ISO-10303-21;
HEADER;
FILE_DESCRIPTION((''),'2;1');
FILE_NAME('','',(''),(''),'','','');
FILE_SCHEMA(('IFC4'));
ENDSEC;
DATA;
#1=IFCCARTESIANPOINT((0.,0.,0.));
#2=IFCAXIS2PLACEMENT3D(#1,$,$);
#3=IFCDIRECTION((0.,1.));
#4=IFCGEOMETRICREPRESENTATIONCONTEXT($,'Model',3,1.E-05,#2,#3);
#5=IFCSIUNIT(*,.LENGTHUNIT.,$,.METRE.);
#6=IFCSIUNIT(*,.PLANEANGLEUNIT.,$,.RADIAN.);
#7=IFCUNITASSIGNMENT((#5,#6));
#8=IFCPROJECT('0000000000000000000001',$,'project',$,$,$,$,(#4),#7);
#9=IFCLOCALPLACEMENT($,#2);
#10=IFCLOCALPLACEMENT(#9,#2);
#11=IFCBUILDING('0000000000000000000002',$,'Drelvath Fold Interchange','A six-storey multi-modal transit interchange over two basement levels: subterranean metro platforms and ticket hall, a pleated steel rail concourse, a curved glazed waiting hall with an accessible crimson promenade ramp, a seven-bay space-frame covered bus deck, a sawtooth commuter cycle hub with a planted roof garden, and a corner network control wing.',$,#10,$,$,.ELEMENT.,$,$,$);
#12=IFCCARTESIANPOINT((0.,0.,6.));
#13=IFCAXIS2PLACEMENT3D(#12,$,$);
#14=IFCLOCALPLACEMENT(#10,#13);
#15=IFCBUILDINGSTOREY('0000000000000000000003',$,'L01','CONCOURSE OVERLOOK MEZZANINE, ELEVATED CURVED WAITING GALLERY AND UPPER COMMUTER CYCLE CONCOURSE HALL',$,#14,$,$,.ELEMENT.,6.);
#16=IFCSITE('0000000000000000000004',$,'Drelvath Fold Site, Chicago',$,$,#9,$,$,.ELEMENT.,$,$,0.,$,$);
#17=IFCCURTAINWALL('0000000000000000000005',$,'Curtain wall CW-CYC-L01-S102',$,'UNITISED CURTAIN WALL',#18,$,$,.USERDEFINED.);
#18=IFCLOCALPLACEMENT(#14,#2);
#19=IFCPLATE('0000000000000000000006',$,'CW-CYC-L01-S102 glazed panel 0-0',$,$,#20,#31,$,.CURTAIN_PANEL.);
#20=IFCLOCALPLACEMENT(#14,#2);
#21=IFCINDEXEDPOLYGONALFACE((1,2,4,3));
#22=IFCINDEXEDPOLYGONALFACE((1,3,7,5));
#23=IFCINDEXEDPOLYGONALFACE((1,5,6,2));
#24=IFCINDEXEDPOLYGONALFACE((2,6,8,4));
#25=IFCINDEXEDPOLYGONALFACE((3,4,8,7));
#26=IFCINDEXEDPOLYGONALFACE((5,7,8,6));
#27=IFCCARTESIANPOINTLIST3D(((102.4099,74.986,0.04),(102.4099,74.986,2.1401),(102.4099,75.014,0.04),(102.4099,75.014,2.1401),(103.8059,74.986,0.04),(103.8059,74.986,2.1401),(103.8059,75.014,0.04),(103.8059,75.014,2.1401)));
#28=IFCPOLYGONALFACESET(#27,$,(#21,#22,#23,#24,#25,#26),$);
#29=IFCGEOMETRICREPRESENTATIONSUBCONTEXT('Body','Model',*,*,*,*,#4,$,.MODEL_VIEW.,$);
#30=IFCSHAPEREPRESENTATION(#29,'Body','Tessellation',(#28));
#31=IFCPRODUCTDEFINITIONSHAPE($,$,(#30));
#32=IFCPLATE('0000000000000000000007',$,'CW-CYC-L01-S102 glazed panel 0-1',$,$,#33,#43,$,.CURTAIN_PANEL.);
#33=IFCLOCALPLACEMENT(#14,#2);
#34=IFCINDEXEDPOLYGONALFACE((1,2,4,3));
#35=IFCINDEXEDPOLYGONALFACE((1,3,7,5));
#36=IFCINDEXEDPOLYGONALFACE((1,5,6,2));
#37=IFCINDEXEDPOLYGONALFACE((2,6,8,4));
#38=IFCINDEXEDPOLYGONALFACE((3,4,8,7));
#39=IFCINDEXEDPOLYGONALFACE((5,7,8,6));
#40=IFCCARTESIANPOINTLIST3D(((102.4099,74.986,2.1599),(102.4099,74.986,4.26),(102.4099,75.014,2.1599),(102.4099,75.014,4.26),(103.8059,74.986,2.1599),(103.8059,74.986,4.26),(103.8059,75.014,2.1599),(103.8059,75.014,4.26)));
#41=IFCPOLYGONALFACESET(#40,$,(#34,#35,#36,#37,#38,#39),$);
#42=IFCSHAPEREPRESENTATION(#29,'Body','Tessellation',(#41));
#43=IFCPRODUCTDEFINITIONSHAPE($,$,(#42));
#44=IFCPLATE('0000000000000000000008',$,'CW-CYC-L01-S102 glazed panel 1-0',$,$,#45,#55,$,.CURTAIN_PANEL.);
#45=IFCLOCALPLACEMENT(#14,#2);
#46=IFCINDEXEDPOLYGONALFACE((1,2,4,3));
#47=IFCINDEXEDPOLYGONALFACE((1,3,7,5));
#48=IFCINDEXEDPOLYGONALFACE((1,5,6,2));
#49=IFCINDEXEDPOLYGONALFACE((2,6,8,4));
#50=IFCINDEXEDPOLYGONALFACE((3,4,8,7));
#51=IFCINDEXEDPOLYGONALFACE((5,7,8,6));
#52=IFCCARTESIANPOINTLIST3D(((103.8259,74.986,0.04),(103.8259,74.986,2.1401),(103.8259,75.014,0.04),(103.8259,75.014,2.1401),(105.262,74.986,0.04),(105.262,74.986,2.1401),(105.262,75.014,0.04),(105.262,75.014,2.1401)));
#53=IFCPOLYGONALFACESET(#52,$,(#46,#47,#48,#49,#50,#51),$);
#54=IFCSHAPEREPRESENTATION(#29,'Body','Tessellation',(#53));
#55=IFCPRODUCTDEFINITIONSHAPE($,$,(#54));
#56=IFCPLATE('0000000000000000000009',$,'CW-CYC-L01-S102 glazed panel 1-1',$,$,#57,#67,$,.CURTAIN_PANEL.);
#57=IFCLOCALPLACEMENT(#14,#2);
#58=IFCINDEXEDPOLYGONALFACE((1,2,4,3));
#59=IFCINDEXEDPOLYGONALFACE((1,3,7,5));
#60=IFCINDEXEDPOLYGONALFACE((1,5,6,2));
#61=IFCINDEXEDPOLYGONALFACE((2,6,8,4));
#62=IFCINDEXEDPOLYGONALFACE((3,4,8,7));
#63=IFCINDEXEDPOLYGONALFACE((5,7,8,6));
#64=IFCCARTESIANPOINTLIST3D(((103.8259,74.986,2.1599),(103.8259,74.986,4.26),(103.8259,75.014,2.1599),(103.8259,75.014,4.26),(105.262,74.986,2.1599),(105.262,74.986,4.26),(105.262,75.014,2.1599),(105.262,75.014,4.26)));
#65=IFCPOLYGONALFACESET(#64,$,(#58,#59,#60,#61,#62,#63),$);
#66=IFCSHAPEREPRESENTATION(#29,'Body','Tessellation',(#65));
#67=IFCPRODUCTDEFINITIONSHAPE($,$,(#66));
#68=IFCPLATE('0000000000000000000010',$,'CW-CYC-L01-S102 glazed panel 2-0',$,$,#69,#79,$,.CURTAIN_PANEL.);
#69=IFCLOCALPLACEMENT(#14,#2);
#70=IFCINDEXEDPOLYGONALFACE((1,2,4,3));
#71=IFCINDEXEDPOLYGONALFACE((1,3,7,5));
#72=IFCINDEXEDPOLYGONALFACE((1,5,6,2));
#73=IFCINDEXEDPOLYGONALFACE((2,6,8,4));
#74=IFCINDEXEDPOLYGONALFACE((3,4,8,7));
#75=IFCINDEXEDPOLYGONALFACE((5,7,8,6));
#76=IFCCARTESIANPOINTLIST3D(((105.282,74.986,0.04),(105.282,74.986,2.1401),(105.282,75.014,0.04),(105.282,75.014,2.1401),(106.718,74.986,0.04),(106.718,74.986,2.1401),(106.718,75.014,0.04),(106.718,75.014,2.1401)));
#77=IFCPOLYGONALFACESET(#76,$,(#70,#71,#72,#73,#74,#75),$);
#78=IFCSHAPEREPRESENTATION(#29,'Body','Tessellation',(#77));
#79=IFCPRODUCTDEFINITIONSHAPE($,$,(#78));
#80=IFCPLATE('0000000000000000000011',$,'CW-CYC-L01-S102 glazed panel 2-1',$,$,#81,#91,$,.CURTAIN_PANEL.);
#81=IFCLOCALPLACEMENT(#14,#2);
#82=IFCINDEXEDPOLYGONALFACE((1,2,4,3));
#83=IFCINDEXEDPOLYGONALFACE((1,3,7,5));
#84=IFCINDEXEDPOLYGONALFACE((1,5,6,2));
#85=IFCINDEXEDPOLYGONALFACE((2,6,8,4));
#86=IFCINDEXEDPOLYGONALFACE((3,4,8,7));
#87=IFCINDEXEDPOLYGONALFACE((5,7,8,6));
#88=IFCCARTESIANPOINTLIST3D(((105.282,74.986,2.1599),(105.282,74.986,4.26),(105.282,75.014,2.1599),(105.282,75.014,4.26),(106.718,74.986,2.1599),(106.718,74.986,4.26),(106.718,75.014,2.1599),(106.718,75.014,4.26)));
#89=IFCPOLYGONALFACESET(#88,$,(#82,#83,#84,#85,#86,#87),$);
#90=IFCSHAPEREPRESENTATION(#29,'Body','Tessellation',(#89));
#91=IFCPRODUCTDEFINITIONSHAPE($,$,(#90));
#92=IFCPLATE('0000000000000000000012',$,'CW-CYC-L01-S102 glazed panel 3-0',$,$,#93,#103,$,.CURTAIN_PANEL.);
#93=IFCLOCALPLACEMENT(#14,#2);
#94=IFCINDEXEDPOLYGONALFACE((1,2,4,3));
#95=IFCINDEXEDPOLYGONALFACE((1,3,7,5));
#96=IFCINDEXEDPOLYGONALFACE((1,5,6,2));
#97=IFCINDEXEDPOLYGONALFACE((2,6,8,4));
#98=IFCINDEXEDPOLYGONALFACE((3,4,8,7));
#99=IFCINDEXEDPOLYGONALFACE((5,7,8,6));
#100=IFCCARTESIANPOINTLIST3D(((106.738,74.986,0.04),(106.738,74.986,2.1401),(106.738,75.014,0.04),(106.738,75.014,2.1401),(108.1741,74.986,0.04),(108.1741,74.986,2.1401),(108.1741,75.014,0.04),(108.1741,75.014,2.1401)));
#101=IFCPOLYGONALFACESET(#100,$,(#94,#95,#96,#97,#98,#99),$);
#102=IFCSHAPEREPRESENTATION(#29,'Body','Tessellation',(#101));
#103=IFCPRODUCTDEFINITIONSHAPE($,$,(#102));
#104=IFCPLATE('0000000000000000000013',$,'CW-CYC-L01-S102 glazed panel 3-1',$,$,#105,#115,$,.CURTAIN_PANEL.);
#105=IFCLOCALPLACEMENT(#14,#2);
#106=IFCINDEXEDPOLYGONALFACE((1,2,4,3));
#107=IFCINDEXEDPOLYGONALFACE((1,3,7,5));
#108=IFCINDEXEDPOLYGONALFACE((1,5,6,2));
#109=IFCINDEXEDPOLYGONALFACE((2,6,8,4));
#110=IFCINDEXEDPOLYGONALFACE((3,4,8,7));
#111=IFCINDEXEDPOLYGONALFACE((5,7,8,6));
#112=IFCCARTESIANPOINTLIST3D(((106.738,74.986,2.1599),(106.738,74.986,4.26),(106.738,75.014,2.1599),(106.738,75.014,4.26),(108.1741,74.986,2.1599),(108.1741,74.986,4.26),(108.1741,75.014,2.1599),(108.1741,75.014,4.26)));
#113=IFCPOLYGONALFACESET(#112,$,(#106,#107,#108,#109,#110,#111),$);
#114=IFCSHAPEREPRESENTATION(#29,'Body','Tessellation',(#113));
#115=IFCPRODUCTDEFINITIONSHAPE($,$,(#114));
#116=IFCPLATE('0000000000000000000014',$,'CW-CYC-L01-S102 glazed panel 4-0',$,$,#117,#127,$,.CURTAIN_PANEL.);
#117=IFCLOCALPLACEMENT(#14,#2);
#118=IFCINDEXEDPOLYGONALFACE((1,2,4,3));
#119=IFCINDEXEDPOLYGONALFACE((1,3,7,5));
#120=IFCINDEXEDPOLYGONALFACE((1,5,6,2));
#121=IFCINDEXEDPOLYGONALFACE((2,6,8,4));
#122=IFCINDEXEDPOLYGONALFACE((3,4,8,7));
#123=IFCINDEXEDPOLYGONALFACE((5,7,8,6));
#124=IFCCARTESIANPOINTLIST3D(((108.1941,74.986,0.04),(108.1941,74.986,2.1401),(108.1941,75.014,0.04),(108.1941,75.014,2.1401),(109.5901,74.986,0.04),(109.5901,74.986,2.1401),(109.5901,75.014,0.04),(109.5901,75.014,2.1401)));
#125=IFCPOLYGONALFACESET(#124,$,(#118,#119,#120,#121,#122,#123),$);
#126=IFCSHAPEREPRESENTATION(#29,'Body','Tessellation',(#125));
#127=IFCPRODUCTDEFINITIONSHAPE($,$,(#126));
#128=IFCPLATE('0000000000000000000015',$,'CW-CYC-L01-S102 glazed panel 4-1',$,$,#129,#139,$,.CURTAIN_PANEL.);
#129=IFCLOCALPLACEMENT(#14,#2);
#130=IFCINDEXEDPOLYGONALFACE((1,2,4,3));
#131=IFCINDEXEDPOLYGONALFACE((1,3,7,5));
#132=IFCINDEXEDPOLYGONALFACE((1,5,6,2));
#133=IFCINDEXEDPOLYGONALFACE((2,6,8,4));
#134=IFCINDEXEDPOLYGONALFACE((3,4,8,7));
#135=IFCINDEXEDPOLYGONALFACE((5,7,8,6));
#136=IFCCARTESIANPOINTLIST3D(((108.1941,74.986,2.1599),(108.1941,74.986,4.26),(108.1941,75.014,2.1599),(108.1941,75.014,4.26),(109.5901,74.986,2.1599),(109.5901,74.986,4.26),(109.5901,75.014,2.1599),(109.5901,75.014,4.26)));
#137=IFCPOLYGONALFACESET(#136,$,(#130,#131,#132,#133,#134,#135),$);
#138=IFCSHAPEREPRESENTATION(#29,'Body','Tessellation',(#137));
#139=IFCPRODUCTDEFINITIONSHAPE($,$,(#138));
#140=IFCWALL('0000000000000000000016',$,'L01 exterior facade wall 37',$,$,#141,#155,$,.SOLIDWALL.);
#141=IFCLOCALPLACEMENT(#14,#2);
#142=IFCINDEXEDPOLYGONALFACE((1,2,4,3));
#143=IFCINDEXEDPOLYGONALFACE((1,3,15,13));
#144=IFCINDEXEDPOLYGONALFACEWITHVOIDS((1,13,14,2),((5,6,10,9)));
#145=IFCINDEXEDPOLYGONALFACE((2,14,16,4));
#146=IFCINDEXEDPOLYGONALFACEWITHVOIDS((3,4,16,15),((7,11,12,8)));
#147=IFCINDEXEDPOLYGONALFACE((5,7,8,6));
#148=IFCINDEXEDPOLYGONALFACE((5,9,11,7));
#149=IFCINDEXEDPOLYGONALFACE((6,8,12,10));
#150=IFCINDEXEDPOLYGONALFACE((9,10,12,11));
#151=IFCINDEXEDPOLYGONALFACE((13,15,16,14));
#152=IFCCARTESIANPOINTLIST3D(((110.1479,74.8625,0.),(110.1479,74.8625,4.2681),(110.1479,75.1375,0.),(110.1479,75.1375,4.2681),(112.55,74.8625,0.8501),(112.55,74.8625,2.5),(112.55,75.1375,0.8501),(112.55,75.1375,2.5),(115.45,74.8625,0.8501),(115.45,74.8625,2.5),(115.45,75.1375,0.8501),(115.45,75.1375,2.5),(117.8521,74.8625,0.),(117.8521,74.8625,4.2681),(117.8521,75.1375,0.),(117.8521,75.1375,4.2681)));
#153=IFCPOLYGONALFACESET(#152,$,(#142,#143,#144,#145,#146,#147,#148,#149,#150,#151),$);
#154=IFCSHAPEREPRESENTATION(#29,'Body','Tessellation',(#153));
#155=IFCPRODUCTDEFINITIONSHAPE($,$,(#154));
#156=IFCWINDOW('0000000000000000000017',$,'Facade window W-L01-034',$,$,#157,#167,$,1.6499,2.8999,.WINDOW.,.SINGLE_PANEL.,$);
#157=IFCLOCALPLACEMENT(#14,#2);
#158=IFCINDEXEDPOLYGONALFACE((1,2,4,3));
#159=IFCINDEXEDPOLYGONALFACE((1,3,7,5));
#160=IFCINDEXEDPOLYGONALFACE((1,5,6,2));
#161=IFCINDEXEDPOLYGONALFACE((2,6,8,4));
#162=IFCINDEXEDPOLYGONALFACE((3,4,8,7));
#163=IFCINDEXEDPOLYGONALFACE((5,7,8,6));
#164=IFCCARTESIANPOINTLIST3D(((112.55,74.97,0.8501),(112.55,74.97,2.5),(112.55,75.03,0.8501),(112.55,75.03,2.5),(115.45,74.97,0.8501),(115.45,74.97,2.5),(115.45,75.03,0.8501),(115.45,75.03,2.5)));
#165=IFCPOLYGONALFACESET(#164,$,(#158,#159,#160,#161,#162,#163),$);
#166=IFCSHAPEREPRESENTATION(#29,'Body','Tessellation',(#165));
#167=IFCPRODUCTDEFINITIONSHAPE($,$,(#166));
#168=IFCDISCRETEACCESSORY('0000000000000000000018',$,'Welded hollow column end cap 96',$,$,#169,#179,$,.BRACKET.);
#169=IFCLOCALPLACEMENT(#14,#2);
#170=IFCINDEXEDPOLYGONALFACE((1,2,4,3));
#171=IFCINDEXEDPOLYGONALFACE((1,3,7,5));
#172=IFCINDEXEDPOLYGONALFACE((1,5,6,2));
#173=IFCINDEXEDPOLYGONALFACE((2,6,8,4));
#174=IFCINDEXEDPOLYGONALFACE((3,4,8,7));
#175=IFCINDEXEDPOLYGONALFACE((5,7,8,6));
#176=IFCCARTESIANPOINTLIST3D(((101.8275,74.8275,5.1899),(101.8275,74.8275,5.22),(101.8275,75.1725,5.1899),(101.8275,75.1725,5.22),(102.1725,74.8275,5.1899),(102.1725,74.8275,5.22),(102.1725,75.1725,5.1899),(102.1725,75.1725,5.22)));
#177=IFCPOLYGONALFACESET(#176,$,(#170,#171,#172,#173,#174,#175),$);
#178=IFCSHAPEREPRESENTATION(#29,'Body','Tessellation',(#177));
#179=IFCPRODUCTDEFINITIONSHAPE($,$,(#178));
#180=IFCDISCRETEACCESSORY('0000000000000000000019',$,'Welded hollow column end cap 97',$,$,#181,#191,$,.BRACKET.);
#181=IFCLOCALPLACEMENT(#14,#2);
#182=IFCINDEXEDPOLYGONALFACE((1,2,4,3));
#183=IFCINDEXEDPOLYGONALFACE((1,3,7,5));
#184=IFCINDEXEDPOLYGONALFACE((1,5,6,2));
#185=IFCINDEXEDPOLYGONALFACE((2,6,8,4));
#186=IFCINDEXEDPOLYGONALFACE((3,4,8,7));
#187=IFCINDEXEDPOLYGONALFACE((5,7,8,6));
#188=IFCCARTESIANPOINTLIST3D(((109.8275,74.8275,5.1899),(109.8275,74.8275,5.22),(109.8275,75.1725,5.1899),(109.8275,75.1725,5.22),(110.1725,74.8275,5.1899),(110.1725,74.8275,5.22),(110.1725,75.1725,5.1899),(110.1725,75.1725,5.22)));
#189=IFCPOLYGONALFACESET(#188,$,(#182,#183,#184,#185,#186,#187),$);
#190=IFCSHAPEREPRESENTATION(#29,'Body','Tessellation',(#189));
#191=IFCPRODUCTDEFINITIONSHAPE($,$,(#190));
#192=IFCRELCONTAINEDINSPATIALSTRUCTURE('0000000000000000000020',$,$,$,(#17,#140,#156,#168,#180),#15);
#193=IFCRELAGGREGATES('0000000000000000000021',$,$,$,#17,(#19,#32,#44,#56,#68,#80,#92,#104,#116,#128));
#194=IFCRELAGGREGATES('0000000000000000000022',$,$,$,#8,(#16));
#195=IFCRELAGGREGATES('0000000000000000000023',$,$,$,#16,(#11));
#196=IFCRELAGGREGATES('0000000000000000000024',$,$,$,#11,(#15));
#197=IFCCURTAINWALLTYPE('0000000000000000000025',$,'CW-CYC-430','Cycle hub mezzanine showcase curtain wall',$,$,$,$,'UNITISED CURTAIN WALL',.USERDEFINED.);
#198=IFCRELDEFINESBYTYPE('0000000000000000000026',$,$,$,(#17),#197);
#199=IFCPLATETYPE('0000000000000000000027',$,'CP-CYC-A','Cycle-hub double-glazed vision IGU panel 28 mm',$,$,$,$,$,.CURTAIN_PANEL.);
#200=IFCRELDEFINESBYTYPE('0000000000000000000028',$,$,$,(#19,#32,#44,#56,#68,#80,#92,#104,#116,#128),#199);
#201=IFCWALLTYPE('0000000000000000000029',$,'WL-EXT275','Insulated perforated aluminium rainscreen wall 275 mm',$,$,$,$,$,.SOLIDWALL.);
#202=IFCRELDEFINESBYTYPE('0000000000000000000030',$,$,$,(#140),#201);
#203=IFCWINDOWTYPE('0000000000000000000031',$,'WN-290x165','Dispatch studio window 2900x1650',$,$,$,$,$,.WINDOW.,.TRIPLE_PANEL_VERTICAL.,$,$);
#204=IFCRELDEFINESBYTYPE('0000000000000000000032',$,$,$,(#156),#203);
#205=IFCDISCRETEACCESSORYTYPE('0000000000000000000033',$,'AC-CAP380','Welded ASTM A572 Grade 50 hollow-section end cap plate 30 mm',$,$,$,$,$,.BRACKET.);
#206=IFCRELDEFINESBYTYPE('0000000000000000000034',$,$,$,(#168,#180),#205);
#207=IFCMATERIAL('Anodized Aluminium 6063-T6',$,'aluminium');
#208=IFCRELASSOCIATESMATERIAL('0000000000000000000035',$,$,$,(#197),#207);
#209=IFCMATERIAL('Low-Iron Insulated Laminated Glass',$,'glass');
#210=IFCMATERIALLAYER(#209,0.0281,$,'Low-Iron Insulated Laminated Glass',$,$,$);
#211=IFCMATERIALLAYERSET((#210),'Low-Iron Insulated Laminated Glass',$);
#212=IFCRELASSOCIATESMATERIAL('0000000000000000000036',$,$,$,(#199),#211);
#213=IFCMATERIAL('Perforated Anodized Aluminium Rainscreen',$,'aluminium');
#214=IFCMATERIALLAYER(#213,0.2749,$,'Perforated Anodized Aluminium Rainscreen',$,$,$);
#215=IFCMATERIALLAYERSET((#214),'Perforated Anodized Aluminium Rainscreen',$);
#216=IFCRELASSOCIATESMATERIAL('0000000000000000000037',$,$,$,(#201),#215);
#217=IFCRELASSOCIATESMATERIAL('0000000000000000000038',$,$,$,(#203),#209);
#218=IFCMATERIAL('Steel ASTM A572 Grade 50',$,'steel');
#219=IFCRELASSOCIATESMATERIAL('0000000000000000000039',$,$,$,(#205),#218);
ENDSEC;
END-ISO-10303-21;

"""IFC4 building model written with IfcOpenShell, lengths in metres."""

from ifc_helpers import new_model, si_unit, direction, frame, frame_2d, origin, origin_2d, place, context, subcontext, project, spatial, rectangle, extrude, material, layer, layer_set, type_object, element, fill, aggregate, save


model = new_model("IFC4")

# Units and contexts
model_context = context("Model", 3, precision=1e-05, world=origin(), true_north=direction((0.0, 1.0)))
body_context = subcontext(model_context, "Body", "Model", "MODEL_VIEW")
ifc_project = project(units=[si_unit("LENGTHUNIT", "METRE"), si_unit("PLANEANGLEUNIT", "RADIAN")], contexts=[model_context])

# Site, building, storey
site_placement = place(None, origin())
site = spatial("IfcSite", under=ifc_project, at=site_placement, Name="Drelvath Fold Site, Chicago", CompositionType="ELEMENT", RefElevation=0.0)
building_placement = place(site_placement, origin())
building = spatial("IfcBuilding", under=site, at=building_placement, Name="Drelvath Fold Interchange", Description="A six-storey multi-modal transit interchange over two basement levels: subterranean metro platforms and ticket hall, a pleated steel rail concourse, a curved glazed waiting hall with an accessible crimson promenade ramp, a seven-bay space-frame covered bus deck, a sawtooth commuter cycle hub with a planted roof garden, and a corner network control wing.", CompositionType="ELEMENT")
storey_placement = place(building_placement, frame((0.0, 0.0, 6.0)))
storey = spatial("IfcBuildingStorey", under=building, at=storey_placement, Name="L01", Description="CONCOURSE OVERLOOK MEZZANINE, ELEVATED CURVED WAITING GALLERY AND UPPER COMMUTER CYCLE CONCOURSE HALL", CompositionType="ELEMENT", Elevation=6.0)

# Curtain wall, plates
ifc_material_1 = material(Name="Anodized Aluminium 6063-T6", Category="aluminium")
curtain_wall_type = type_object("IfcCurtainWallType", Name="CW-CYC-430", Description="Cycle hub mezzanine showcase curtain wall", ElementType="UNITISED CURTAIN WALL", PredefinedType="USERDEFINED", material=ifc_material_1)
curtain_wall_placement = place(storey_placement, origin())
curtain_wall = element("IfcCurtainWall", 1, at=curtain_wall_placement, inside=storey, type_object=curtain_wall_type, Name="Curtain wall CW-CYC-L01-S102", ObjectType="UNITISED CURTAIN WALL", PredefinedType="USERDEFINED")
ifc_material_2 = material(Name="Low-Iron Insulated Laminated Glass", Category="glass")
ifc_layer_1 = layer(ifc_material_2, 0.0281, Name="Low-Iron Insulated Laminated Glass")
ifc_layer_set_1 = layer_set([ifc_layer_1], Name="Low-Iron Insulated Laminated Glass")
plate_type = type_object("IfcPlateType", Name="CP-CYC-A", Description="Cycle-hub double-glazed vision IGU panel 28 mm", PredefinedType="CURTAIN_PANEL", material=ifc_layer_set_1)
plate_1_placement = place(storey_placement, frame((103.1079, 75.0, 0.04), z_axis=(0.0, 0.0, 1.0), x_axis=(1.0, 0.0, 0.0)))
plate_1 = element("IfcPlate", 2, at=plate_1_placement, type_object=plate_type, Name="CW-CYC-L01-S102 glazed panel 0-0", PredefinedType="CURTAIN_PANEL", context=body_context, shape_type="SweptSolid", body=[
    extrude(rectangle(XDim=1.396, YDim=0.0281, at=origin_2d()), origin(), (0.0, 0.0, 1.0), 2.1001),
])
plate_2_placement = place(storey_placement, frame((103.1079, 75.0, 2.1599), z_axis=(0.0, 0.0, 1.0), x_axis=(1.0, 0.0, 0.0)))
plate_2 = element("IfcPlate", 3, at=plate_2_placement, type_object=plate_type, Name="CW-CYC-L01-S102 glazed panel 0-1", PredefinedType="CURTAIN_PANEL", context=body_context, shape_type="SweptSolid", body=[
    extrude(rectangle(XDim=1.396, YDim=0.0281, at=origin_2d()), origin(), (0.0, 0.0, 1.0), 2.1001),
])
plate_3_placement = place(storey_placement, frame((104.5439, 75.0, 0.04), z_axis=(0.0, 0.0, 1.0), x_axis=(1.0, 0.0, 0.0)))
plate_3 = element("IfcPlate", 4, at=plate_3_placement, type_object=plate_type, Name="CW-CYC-L01-S102 glazed panel 1-0", PredefinedType="CURTAIN_PANEL", context=body_context, shape_type="SweptSolid", body=[
    extrude(rectangle(XDim=1.436, YDim=0.0281, at=origin_2d()), origin(), (0.0, 0.0, 1.0), 2.1001),
])
plate_4_placement = place(storey_placement, frame((104.5439, 75.0, 2.1599), z_axis=(0.0, 0.0, 1.0), x_axis=(1.0, 0.0, 0.0)))
plate_4 = element("IfcPlate", 5, at=plate_4_placement, type_object=plate_type, Name="CW-CYC-L01-S102 glazed panel 1-1", PredefinedType="CURTAIN_PANEL", context=body_context, shape_type="SweptSolid", body=[
    extrude(rectangle(XDim=1.436, YDim=0.0281, at=origin_2d()), origin(), (0.0, 0.0, 1.0), 2.1001),
])
plate_5_placement = place(storey_placement, frame((106.0, 75.0, 0.04), z_axis=(0.0, 0.0, 1.0), x_axis=(1.0, 0.0, 0.0)))
plate_5 = element("IfcPlate", 6, at=plate_5_placement, type_object=plate_type, Name="CW-CYC-L01-S102 glazed panel 2-0", PredefinedType="CURTAIN_PANEL", context=body_context, shape_type="SweptSolid", body=[
    extrude(rectangle(XDim=1.436, YDim=0.0281, at=origin_2d()), origin(), (0.0, 0.0, 1.0), 2.1001),
])
plate_6_placement = place(storey_placement, frame((106.0, 75.0, 2.1599), z_axis=(0.0, 0.0, 1.0), x_axis=(1.0, 0.0, 0.0)))
plate_6 = element("IfcPlate", 7, at=plate_6_placement, type_object=plate_type, Name="CW-CYC-L01-S102 glazed panel 2-1", PredefinedType="CURTAIN_PANEL", context=body_context, shape_type="SweptSolid", body=[
    extrude(rectangle(XDim=1.436, YDim=0.0281, at=origin_2d()), origin(), (0.0, 0.0, 1.0), 2.1001),
])
plate_7_placement = place(storey_placement, frame((107.4561, 75.0, 0.04), z_axis=(0.0, 0.0, 1.0), x_axis=(1.0, 0.0, 0.0)))
plate_7 = element("IfcPlate", 8, at=plate_7_placement, type_object=plate_type, Name="CW-CYC-L01-S102 glazed panel 3-0", PredefinedType="CURTAIN_PANEL", context=body_context, shape_type="SweptSolid", body=[
    extrude(rectangle(XDim=1.436, YDim=0.0281, at=origin_2d()), origin(), (0.0, 0.0, 1.0), 2.1001),
])
plate_8_placement = place(storey_placement, frame((107.4561, 75.0, 2.1599), z_axis=(0.0, 0.0, 1.0), x_axis=(1.0, 0.0, 0.0)))
plate_8 = element("IfcPlate", 9, at=plate_8_placement, type_object=plate_type, Name="CW-CYC-L01-S102 glazed panel 3-1", PredefinedType="CURTAIN_PANEL", context=body_context, shape_type="SweptSolid", body=[
    extrude(rectangle(XDim=1.436, YDim=0.0281, at=origin_2d()), origin(), (0.0, 0.0, 1.0), 2.1001),
])
plate_9_placement = place(storey_placement, frame((108.8921, 75.0, 0.04), z_axis=(0.0, 0.0, 1.0), x_axis=(1.0, 0.0, 0.0)))
plate_9 = element("IfcPlate", 10, at=plate_9_placement, type_object=plate_type, Name="CW-CYC-L01-S102 glazed panel 4-0", PredefinedType="CURTAIN_PANEL", context=body_context, shape_type="SweptSolid", body=[
    extrude(rectangle(XDim=1.396, YDim=0.0281, at=origin_2d()), origin(), (0.0, 0.0, 1.0), 2.1001),
])
plate_10_placement = place(storey_placement, frame((108.8921, 75.0, 2.1599), z_axis=(0.0, 0.0, 1.0), x_axis=(1.0, 0.0, 0.0)))
plate_10 = element("IfcPlate", 11, at=plate_10_placement, type_object=plate_type, Name="CW-CYC-L01-S102 glazed panel 4-1", PredefinedType="CURTAIN_PANEL", context=body_context, shape_type="SweptSolid", body=[
    extrude(rectangle(XDim=1.396, YDim=0.0281, at=origin_2d()), origin(), (0.0, 0.0, 1.0), 2.1001),
])
aggregate(curtain_wall, [plate_1, plate_2, plate_3, plate_4, plate_5, plate_6, plate_7, plate_8, plate_9, plate_10])

# Wall, opening, window
ifc_material_3 = material(Name="Perforated Anodized Aluminium Rainscreen", Category="aluminium")
ifc_layer_2 = layer(ifc_material_3, 0.2749, Name="Perforated Anodized Aluminium Rainscreen")
ifc_layer_set_2 = layer_set([ifc_layer_2], Name="Perforated Anodized Aluminium Rainscreen")
wall_type = type_object("IfcWallType", Name="WL-EXT275", Description="Insulated perforated aluminium rainscreen wall 275 mm", PredefinedType="SOLIDWALL", material=ifc_layer_set_2)
wall_placement = place(storey_placement, frame((110.1479, 75.0, 0.0), z_axis=(0.0, 0.0, 1.0), x_axis=(1.0, 0.0, 0.0)))
wall = element("IfcWall", 12, at=wall_placement, inside=storey, type_object=wall_type, Name="L01 exterior facade wall 37", PredefinedType="SOLIDWALL", context=body_context, shape_type="SweptSolid", body=[
    extrude(rectangle(XDim=7.7041, YDim=0.2749, at=frame_2d((3.8521, 0.0))), origin(), (0.0, 0.0, 1.0), 4.2681),
])
opening_placement = place(wall_placement, frame((2.4021, 0.0, 0.8501)))
opening = element("IfcOpeningElement", 13, at=opening_placement, cuts=wall, PredefinedType="OPENING", context=body_context, shape_type="SweptSolid", body=[
    extrude(rectangle(XDim=2.8999, YDim=1.6499, at=frame_2d((1.45, 0.825))), frame((0.0, 0.1475, 0.0), z_axis=(0.0, -1.0, 0.0), x_axis=(1.0, 0.0, 0.0)), (0.0, 0.0, 1.0), 0.2949),
])
window_type = type_object("IfcWindowType", Name="WN-290x165", Description="Dispatch studio window 2900x1650", PartitioningType="TRIPLE_PANEL_VERTICAL", PredefinedType="WINDOW", material=ifc_material_2)
window_placement = place(opening_placement, origin())
window = element("IfcWindow", 14, at=window_placement, inside=storey, type_object=window_type, Name="Facade window W-L01-034", OverallHeight=1.6499, OverallWidth=2.8999, PartitioningType="SINGLE_PANEL", PredefinedType="WINDOW", context=body_context, shape_type="SweptSolid", body=[
    extrude(rectangle(XDim=2.8999, YDim=1.6499, at=frame_2d((1.45, 0.825))), frame((0.0, 0.03, 0.0), z_axis=(0.0, -1.0, 0.0), x_axis=(1.0, 0.0, 0.0)), (0.0, 0.0, 1.0), 0.0601),
])
fill(opening, window)

# Discrete accessories
ifc_material_4 = material(Name="Steel ASTM A572 Grade 50", Category="steel")
discrete_accessory_type = type_object("IfcDiscreteAccessoryType", Name="AC-CAP380", Description="Welded ASTM A572 Grade 50 hollow-section end cap plate 30 mm", PredefinedType="BRACKET", material=ifc_material_4)
for number, where, z_axis, x_axis, name in (
    (15, (102.0, 75.0, 5.1899), (0.0, 0.0, 1.0), (1.0, 0.0, 0.0), "Welded hollow column end cap 96"),
    (16, (110.0, 75.0, 5.1899), (0.0, 0.0, 1.0), (1.0, 0.0, 0.0), "Welded hollow column end cap 97"),
):
    element("IfcDiscreteAccessory", number, at=place(storey_placement, frame(where, z_axis=z_axis, x_axis=x_axis)), inside=storey, type_object=discrete_accessory_type, Name=name, PredefinedType="BRACKET", context=body_context, shape_type="SweptSolid", body=[
        extrude(rectangle(XDim=0.345, YDim=0.345, at=origin_2d()), origin(), (0.0, 0.0, 1.0), 0.03),
    ])

save(model, "model.ifc")
